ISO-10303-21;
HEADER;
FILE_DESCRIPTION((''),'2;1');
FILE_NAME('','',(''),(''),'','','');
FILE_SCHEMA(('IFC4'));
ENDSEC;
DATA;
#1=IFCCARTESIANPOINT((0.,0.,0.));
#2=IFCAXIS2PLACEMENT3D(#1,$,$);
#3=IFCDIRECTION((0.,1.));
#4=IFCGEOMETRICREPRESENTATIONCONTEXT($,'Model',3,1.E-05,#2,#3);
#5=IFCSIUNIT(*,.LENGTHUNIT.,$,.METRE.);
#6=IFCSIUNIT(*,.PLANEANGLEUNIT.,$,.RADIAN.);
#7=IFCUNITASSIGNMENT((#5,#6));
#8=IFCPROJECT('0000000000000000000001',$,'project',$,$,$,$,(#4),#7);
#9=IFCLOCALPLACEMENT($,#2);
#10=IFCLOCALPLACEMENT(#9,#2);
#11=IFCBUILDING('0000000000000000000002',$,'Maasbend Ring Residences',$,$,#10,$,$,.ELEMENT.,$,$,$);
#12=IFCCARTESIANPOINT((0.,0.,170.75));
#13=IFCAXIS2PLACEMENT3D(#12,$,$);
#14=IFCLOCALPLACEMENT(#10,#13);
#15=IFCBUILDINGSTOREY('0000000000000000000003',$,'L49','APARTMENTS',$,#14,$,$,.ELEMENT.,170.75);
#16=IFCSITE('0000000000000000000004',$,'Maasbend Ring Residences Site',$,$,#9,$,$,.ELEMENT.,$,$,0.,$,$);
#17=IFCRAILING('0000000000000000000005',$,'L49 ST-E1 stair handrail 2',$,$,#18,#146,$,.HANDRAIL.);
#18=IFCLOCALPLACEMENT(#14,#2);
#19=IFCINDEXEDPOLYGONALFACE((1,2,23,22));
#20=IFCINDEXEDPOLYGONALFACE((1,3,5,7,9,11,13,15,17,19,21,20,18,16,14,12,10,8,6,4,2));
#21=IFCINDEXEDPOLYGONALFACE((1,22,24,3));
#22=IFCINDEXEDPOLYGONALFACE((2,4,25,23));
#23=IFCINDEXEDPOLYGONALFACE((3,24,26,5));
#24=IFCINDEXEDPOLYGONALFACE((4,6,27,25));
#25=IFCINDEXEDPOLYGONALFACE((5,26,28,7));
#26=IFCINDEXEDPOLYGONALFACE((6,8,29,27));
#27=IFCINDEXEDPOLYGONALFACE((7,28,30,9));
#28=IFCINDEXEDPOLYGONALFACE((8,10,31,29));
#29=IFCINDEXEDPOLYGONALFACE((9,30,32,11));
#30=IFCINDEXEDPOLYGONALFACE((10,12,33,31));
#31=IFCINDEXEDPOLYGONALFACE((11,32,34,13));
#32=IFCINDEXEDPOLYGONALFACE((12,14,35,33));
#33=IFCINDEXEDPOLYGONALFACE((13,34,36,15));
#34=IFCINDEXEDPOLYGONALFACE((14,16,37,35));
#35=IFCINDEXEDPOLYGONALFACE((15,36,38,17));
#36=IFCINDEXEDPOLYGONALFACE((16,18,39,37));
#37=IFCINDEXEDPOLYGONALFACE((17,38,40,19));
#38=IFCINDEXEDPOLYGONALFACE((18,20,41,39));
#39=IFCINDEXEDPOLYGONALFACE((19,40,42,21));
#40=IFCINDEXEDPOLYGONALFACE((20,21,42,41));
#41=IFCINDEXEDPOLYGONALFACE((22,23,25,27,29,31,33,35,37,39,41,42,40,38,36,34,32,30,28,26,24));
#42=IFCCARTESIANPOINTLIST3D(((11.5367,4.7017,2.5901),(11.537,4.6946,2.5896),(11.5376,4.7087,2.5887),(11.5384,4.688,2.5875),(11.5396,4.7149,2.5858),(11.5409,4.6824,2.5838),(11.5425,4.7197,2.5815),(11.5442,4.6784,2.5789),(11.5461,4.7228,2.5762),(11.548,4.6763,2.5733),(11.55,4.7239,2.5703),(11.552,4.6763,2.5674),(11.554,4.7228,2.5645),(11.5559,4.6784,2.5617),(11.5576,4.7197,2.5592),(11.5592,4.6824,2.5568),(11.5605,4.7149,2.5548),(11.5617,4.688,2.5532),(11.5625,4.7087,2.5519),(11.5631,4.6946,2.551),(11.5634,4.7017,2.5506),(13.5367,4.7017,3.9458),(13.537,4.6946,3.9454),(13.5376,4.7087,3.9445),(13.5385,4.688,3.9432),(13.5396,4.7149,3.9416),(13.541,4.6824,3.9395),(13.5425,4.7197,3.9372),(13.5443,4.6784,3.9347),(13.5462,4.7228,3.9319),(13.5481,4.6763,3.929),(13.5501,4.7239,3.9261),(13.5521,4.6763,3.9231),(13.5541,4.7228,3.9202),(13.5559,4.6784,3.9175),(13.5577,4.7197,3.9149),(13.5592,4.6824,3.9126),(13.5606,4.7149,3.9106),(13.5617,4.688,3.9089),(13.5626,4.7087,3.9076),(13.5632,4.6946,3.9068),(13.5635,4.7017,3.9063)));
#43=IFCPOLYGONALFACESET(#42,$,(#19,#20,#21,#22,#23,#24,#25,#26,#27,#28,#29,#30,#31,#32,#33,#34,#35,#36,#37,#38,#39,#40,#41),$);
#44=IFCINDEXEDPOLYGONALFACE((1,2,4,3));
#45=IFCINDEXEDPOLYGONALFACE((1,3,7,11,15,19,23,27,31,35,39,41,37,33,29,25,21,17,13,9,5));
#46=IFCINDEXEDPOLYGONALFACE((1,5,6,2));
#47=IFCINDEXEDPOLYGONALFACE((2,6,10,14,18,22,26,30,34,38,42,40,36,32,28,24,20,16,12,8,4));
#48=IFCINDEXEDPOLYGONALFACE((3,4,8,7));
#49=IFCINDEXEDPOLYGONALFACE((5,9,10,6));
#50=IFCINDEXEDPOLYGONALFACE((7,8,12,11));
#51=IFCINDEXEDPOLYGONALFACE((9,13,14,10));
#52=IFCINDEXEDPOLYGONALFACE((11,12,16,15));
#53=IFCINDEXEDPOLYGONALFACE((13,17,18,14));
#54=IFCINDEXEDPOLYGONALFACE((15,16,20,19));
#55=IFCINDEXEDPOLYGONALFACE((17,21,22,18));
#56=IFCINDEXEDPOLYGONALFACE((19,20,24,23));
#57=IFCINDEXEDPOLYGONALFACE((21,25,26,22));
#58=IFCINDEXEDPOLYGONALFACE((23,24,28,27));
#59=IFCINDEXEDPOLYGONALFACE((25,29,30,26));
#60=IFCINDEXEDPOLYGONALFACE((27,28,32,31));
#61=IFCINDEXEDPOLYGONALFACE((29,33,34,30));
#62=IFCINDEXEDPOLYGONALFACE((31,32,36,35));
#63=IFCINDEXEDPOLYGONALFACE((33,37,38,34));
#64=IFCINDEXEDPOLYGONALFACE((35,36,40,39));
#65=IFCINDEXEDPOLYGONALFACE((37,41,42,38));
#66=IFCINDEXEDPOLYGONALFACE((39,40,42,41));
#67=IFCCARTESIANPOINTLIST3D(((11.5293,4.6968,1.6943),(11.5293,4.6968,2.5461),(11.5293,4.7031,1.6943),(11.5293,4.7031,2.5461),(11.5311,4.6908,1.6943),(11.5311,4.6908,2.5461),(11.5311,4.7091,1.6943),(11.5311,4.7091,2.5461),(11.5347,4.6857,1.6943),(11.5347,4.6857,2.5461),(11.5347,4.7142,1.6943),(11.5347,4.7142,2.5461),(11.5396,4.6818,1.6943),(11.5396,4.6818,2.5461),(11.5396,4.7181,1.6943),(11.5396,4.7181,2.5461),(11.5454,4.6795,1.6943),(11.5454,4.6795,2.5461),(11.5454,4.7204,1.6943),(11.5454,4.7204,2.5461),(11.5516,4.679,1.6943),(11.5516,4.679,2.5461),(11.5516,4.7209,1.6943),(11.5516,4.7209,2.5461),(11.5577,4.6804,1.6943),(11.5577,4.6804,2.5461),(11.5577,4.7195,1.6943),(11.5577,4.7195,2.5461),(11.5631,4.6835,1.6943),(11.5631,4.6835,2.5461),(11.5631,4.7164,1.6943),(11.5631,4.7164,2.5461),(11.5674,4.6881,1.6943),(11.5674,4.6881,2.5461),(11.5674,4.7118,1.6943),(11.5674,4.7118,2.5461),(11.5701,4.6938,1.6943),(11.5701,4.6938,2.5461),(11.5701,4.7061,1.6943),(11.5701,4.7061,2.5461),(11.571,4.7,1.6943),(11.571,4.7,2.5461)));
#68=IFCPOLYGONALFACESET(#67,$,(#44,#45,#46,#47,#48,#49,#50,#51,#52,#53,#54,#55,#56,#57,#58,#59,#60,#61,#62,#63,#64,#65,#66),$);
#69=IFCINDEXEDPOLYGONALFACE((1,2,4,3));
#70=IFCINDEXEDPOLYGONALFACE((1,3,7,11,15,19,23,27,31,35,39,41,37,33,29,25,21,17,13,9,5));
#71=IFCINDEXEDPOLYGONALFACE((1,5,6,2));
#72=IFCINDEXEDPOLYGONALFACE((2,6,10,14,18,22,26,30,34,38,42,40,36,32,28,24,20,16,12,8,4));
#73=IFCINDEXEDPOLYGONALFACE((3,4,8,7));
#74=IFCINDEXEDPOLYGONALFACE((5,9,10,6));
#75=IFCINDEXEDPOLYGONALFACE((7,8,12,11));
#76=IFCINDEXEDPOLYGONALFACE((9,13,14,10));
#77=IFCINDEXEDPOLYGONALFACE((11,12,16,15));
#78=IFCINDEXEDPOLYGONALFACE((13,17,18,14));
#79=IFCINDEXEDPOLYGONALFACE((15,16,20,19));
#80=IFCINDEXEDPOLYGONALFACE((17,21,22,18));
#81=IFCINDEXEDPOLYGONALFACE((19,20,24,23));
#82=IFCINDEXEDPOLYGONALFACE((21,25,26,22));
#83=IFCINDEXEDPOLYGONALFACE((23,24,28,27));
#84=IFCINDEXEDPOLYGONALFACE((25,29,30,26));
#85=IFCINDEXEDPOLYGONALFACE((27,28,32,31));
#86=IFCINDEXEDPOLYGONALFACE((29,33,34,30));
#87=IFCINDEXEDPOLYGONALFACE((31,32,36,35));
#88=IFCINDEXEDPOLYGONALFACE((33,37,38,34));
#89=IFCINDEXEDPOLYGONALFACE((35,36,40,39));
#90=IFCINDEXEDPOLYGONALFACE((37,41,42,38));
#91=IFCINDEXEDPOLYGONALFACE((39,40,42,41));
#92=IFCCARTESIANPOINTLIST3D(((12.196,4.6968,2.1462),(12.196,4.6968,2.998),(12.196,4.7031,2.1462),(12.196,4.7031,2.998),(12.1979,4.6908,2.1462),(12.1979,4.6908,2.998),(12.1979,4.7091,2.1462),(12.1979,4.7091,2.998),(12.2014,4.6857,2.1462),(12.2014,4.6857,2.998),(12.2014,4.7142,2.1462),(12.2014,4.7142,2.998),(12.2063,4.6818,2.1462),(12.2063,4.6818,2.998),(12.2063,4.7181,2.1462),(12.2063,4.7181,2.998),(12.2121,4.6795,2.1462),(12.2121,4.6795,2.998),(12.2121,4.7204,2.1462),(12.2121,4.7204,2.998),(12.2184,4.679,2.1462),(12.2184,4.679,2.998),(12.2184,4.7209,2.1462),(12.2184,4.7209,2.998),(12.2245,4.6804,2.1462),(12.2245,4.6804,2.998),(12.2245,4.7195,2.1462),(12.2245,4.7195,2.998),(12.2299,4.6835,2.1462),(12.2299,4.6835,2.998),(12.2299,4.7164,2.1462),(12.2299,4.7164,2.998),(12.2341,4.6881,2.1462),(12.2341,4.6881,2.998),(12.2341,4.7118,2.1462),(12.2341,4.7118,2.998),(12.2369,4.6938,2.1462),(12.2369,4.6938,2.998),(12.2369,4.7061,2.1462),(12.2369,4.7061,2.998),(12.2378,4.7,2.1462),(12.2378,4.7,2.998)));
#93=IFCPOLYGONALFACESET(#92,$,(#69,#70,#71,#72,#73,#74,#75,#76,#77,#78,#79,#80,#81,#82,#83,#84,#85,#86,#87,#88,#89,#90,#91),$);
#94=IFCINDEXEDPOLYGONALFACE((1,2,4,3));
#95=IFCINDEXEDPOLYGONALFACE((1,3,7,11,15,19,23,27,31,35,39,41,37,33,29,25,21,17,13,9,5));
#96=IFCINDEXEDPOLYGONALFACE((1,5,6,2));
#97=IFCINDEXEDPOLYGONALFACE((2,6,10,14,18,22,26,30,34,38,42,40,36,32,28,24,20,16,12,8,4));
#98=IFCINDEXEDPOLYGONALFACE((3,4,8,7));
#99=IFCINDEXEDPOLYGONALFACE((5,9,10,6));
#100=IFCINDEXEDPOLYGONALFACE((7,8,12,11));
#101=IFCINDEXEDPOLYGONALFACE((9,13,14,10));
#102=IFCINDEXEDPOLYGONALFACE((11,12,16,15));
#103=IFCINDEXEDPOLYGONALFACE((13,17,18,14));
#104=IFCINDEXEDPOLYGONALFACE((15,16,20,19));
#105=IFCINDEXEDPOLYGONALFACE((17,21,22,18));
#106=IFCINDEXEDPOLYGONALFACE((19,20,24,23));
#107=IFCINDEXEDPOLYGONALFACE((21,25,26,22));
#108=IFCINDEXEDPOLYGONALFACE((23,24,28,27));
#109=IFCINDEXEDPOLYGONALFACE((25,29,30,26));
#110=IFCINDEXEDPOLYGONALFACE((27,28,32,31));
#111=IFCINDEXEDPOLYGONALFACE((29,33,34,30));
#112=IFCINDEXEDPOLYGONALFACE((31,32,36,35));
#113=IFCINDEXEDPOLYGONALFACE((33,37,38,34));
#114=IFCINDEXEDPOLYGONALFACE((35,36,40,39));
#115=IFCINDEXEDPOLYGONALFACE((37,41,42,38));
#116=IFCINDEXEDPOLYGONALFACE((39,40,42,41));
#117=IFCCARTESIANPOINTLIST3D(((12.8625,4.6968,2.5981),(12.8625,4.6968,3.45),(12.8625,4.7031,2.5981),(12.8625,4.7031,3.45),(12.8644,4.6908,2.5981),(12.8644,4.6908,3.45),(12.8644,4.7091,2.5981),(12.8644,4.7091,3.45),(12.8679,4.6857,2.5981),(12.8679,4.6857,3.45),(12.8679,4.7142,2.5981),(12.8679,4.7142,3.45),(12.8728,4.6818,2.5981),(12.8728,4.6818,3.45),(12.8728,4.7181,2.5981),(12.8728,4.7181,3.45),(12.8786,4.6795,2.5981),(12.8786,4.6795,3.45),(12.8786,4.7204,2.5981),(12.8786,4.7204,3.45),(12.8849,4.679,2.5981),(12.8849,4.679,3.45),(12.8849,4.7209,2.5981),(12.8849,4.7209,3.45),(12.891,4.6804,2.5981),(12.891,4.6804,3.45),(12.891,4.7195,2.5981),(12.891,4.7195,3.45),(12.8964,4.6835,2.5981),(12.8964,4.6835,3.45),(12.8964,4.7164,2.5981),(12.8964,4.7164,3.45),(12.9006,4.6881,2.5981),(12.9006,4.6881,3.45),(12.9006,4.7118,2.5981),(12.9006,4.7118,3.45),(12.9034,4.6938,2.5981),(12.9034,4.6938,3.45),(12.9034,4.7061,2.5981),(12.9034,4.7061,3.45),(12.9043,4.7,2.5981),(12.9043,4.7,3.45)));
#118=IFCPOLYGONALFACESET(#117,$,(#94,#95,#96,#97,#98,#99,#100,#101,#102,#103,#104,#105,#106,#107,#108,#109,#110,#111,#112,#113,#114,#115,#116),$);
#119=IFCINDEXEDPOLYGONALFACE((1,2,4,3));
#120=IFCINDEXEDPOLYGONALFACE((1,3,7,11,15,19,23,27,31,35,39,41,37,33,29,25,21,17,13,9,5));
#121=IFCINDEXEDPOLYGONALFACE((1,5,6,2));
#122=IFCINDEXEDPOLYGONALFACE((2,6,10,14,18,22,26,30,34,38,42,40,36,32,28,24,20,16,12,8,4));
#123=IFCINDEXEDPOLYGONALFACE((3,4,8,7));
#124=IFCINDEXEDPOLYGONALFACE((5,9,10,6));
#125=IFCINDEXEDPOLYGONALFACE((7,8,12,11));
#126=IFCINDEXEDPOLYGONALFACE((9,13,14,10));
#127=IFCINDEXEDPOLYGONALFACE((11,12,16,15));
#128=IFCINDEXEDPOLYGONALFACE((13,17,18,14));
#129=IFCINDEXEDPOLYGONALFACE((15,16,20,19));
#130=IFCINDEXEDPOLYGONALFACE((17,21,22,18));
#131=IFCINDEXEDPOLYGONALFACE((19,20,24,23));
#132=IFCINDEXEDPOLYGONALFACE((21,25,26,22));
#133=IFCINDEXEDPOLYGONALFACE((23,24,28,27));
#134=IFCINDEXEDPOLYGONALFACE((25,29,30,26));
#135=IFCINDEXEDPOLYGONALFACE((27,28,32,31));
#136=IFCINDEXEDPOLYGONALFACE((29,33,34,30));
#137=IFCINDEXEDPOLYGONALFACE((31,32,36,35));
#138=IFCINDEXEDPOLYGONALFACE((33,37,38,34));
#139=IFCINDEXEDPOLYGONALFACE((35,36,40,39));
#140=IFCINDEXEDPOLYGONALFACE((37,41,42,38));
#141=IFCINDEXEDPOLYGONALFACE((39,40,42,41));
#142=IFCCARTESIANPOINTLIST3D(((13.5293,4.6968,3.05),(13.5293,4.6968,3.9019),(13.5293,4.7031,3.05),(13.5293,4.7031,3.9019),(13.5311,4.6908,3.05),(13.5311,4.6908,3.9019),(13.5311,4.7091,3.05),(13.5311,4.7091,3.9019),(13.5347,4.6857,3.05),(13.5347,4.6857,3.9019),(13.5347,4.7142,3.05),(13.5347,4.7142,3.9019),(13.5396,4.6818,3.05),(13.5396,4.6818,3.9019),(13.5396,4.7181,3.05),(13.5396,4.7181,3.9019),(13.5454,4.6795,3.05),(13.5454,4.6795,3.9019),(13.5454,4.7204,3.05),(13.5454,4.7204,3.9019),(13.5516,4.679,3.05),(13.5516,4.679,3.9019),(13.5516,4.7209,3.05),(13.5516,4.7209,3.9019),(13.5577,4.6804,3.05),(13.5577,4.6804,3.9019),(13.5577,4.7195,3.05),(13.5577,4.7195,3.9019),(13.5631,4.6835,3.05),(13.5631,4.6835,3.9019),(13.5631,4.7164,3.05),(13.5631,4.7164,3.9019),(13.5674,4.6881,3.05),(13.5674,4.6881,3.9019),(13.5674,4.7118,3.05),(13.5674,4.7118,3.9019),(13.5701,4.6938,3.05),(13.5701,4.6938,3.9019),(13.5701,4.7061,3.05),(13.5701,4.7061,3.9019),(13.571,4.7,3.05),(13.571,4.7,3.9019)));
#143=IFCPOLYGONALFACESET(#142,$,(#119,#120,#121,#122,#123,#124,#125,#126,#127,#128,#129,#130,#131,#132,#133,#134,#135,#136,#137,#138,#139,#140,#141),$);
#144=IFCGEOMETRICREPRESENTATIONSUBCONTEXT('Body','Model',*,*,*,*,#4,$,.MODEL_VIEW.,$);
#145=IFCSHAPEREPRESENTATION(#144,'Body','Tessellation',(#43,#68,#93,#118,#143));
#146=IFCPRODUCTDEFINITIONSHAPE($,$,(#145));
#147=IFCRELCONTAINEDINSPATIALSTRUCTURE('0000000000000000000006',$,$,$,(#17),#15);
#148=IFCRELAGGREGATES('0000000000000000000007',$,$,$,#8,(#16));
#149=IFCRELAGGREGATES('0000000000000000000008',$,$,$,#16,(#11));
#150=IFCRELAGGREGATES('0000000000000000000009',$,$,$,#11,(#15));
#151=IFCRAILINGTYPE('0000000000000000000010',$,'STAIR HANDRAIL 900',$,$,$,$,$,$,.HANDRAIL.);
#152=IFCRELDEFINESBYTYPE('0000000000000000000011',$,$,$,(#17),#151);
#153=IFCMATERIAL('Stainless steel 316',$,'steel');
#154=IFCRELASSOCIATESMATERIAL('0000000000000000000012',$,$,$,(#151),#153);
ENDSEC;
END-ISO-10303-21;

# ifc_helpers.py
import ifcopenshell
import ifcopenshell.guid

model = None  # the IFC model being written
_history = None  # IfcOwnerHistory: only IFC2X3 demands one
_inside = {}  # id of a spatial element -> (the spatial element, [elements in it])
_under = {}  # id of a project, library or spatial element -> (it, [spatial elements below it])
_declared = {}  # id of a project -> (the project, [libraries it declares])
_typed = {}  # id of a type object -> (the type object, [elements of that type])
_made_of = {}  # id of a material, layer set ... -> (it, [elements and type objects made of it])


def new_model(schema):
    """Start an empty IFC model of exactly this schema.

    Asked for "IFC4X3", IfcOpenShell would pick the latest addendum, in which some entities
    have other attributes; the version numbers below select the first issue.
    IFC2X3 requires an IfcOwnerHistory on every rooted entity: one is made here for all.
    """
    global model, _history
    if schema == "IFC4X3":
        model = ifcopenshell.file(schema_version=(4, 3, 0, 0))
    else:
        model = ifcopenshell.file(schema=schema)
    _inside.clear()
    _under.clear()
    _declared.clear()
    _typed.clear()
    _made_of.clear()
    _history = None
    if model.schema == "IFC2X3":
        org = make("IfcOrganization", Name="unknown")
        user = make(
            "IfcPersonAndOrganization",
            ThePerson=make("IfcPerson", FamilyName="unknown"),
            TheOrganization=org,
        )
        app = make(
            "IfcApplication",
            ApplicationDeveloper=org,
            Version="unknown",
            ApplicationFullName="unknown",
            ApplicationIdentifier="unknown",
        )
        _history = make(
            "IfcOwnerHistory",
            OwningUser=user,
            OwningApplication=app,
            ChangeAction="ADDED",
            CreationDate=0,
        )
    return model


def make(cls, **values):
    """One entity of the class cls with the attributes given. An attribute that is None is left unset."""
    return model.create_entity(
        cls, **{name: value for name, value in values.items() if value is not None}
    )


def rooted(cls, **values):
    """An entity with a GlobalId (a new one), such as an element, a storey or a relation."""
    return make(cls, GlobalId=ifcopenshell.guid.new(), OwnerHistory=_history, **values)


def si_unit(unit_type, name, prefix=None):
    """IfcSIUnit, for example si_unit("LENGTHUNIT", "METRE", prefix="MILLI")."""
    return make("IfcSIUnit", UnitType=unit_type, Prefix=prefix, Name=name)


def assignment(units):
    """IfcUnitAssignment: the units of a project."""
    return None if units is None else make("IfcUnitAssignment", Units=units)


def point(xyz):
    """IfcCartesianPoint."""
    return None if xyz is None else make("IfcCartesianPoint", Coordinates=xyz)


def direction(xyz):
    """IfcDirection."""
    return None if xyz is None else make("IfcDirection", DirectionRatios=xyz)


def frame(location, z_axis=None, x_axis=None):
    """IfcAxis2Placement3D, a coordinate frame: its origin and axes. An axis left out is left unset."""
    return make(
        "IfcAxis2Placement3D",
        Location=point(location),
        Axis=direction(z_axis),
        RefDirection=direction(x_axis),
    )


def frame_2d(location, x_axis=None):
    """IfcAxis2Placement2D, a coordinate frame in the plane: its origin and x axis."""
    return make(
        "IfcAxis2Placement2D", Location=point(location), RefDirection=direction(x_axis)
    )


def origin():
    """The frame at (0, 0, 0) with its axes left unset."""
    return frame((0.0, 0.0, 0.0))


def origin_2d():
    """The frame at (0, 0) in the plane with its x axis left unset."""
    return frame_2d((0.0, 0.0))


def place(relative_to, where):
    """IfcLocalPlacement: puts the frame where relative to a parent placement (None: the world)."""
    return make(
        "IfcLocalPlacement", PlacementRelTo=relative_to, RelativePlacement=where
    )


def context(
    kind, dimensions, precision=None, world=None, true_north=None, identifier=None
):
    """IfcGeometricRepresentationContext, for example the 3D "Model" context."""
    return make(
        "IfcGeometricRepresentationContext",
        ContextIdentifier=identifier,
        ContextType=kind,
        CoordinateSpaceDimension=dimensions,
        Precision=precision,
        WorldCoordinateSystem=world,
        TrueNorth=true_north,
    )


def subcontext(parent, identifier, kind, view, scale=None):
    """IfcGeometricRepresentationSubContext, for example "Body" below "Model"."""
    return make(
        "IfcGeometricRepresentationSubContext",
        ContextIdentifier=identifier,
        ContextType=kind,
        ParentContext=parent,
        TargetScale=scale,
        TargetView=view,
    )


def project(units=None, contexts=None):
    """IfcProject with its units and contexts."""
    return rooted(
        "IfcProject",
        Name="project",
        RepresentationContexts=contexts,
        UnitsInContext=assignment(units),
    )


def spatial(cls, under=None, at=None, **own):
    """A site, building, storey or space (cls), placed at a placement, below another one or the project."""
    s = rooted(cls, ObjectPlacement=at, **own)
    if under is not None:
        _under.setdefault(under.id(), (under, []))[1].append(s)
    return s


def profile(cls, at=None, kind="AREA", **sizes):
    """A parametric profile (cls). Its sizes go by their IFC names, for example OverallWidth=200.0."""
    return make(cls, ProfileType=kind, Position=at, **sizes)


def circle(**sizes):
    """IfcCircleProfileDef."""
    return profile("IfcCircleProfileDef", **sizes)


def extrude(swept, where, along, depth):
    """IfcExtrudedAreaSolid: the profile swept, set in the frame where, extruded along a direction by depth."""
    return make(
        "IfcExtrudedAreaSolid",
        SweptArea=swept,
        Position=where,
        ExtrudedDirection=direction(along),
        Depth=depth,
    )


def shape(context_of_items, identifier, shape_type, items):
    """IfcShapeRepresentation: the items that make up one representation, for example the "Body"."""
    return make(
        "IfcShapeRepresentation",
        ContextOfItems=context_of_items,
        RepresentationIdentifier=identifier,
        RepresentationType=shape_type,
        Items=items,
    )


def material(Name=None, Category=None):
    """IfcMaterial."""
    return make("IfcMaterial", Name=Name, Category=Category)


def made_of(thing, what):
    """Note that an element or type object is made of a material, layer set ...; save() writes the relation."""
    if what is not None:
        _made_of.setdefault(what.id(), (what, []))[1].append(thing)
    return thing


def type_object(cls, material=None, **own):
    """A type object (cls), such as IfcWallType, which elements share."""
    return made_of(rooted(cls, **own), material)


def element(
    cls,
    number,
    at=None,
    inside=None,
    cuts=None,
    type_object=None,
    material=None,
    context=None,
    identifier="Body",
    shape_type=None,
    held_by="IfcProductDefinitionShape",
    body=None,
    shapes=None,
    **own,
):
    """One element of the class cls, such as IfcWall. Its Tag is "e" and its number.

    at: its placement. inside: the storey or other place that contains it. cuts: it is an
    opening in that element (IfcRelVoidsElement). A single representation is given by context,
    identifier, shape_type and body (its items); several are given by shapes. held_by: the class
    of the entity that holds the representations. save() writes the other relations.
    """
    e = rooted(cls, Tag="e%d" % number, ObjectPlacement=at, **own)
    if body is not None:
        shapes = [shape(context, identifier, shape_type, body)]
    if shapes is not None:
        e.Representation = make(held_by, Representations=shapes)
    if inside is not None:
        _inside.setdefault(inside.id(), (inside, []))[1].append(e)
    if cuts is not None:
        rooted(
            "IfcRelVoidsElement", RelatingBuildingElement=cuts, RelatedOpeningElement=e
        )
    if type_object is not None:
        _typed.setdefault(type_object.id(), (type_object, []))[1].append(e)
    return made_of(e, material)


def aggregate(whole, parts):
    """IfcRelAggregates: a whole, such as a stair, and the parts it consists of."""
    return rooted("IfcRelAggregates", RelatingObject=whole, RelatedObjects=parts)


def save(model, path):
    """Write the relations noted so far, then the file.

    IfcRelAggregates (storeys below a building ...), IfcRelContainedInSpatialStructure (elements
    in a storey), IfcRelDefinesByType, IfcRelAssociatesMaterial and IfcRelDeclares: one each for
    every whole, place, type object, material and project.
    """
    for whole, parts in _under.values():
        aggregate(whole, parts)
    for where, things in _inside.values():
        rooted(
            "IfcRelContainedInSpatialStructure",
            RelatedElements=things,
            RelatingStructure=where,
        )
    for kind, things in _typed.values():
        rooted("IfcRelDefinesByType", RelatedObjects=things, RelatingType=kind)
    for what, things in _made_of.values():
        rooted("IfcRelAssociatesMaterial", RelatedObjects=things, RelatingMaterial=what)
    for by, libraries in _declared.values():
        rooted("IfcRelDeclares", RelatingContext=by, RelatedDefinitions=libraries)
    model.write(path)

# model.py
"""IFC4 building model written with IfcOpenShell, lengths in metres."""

from ifc_helpers import new_model, si_unit, direction, frame, origin, origin_2d, place, context, subcontext, project, spatial, circle, extrude, material, type_object, element, save


model = new_model("IFC4")

# Units and contexts
model_context = context("Model", 3, precision=1e-05, world=origin(), true_north=direction((0.0, 1.0)))
body_context = subcontext(model_context, "Body", "Model", "MODEL_VIEW")
ifc_project = project(units=[si_unit("LENGTHUNIT", "METRE"), si_unit("PLANEANGLEUNIT", "RADIAN")], contexts=[model_context])

# Site, building, storey
site_placement = place(None, origin())
site = spatial("IfcSite", under=ifc_project, at=site_placement, Name="Maasbend Ring Residences Site", CompositionType="ELEMENT", RefElevation=0.0)
building_placement = place(site_placement, origin())
building = spatial("IfcBuilding", under=site, at=building_placement, Name="Maasbend Ring Residences", CompositionType="ELEMENT")
storey_placement = place(building_placement, frame((0.0, 0.0, 170.75)))
storey = spatial("IfcBuildingStorey", under=building, at=storey_placement, Name="L49", Description="APARTMENTS", CompositionType="ELEMENT", Elevation=170.75)

# Railing
ifc_material_1 = material(Name="Stainless steel 316", Category="steel")
railing_type_1 = type_object("IfcRailingType", Name="STAIR HANDRAIL 900", PredefinedType="HANDRAIL", material=ifc_material_1)
railing_1_placement = place(storey_placement, frame((11.55, 4.7, 1.6943)))
element("IfcRailing", 1, at=railing_1_placement, inside=storey, type_object=railing_type_1, Name="L49 ST-E1 stair handrail 2", PredefinedType="HANDRAIL", context=body_context, shape_type="SweptSolid", body=[
    extrude(circle(Radius=0.0239, at=origin_2d()), frame((0.0, 0.0, 0.876), z_axis=(0.827751, 0.0, 0.561096), x_axis=(0.0, 1.0, 0.0)), (0.0, 0.0, 1.0), 2.4163),
    extrude(circle(Radius=0.021, at=origin_2d()), origin(), (0.0, 0.0, 1.0), 0.8518),
    extrude(circle(Radius=0.021, at=origin_2d()), frame((0.6667, 0.0, 0.4519)), (0.0, 0.0, 1.0), 0.8518),
    extrude(circle(Radius=0.021, at=origin_2d()), frame((1.3333, 0.0, 0.9038)), (0.0, 0.0, 1.0), 0.8518),
    extrude(circle(Radius=0.021, at=origin_2d()), frame((2.0, 0.0, 1.3557)), (0.0, 0.0, 1.0), 0.8518),
])

save(model, "model.ifc")
